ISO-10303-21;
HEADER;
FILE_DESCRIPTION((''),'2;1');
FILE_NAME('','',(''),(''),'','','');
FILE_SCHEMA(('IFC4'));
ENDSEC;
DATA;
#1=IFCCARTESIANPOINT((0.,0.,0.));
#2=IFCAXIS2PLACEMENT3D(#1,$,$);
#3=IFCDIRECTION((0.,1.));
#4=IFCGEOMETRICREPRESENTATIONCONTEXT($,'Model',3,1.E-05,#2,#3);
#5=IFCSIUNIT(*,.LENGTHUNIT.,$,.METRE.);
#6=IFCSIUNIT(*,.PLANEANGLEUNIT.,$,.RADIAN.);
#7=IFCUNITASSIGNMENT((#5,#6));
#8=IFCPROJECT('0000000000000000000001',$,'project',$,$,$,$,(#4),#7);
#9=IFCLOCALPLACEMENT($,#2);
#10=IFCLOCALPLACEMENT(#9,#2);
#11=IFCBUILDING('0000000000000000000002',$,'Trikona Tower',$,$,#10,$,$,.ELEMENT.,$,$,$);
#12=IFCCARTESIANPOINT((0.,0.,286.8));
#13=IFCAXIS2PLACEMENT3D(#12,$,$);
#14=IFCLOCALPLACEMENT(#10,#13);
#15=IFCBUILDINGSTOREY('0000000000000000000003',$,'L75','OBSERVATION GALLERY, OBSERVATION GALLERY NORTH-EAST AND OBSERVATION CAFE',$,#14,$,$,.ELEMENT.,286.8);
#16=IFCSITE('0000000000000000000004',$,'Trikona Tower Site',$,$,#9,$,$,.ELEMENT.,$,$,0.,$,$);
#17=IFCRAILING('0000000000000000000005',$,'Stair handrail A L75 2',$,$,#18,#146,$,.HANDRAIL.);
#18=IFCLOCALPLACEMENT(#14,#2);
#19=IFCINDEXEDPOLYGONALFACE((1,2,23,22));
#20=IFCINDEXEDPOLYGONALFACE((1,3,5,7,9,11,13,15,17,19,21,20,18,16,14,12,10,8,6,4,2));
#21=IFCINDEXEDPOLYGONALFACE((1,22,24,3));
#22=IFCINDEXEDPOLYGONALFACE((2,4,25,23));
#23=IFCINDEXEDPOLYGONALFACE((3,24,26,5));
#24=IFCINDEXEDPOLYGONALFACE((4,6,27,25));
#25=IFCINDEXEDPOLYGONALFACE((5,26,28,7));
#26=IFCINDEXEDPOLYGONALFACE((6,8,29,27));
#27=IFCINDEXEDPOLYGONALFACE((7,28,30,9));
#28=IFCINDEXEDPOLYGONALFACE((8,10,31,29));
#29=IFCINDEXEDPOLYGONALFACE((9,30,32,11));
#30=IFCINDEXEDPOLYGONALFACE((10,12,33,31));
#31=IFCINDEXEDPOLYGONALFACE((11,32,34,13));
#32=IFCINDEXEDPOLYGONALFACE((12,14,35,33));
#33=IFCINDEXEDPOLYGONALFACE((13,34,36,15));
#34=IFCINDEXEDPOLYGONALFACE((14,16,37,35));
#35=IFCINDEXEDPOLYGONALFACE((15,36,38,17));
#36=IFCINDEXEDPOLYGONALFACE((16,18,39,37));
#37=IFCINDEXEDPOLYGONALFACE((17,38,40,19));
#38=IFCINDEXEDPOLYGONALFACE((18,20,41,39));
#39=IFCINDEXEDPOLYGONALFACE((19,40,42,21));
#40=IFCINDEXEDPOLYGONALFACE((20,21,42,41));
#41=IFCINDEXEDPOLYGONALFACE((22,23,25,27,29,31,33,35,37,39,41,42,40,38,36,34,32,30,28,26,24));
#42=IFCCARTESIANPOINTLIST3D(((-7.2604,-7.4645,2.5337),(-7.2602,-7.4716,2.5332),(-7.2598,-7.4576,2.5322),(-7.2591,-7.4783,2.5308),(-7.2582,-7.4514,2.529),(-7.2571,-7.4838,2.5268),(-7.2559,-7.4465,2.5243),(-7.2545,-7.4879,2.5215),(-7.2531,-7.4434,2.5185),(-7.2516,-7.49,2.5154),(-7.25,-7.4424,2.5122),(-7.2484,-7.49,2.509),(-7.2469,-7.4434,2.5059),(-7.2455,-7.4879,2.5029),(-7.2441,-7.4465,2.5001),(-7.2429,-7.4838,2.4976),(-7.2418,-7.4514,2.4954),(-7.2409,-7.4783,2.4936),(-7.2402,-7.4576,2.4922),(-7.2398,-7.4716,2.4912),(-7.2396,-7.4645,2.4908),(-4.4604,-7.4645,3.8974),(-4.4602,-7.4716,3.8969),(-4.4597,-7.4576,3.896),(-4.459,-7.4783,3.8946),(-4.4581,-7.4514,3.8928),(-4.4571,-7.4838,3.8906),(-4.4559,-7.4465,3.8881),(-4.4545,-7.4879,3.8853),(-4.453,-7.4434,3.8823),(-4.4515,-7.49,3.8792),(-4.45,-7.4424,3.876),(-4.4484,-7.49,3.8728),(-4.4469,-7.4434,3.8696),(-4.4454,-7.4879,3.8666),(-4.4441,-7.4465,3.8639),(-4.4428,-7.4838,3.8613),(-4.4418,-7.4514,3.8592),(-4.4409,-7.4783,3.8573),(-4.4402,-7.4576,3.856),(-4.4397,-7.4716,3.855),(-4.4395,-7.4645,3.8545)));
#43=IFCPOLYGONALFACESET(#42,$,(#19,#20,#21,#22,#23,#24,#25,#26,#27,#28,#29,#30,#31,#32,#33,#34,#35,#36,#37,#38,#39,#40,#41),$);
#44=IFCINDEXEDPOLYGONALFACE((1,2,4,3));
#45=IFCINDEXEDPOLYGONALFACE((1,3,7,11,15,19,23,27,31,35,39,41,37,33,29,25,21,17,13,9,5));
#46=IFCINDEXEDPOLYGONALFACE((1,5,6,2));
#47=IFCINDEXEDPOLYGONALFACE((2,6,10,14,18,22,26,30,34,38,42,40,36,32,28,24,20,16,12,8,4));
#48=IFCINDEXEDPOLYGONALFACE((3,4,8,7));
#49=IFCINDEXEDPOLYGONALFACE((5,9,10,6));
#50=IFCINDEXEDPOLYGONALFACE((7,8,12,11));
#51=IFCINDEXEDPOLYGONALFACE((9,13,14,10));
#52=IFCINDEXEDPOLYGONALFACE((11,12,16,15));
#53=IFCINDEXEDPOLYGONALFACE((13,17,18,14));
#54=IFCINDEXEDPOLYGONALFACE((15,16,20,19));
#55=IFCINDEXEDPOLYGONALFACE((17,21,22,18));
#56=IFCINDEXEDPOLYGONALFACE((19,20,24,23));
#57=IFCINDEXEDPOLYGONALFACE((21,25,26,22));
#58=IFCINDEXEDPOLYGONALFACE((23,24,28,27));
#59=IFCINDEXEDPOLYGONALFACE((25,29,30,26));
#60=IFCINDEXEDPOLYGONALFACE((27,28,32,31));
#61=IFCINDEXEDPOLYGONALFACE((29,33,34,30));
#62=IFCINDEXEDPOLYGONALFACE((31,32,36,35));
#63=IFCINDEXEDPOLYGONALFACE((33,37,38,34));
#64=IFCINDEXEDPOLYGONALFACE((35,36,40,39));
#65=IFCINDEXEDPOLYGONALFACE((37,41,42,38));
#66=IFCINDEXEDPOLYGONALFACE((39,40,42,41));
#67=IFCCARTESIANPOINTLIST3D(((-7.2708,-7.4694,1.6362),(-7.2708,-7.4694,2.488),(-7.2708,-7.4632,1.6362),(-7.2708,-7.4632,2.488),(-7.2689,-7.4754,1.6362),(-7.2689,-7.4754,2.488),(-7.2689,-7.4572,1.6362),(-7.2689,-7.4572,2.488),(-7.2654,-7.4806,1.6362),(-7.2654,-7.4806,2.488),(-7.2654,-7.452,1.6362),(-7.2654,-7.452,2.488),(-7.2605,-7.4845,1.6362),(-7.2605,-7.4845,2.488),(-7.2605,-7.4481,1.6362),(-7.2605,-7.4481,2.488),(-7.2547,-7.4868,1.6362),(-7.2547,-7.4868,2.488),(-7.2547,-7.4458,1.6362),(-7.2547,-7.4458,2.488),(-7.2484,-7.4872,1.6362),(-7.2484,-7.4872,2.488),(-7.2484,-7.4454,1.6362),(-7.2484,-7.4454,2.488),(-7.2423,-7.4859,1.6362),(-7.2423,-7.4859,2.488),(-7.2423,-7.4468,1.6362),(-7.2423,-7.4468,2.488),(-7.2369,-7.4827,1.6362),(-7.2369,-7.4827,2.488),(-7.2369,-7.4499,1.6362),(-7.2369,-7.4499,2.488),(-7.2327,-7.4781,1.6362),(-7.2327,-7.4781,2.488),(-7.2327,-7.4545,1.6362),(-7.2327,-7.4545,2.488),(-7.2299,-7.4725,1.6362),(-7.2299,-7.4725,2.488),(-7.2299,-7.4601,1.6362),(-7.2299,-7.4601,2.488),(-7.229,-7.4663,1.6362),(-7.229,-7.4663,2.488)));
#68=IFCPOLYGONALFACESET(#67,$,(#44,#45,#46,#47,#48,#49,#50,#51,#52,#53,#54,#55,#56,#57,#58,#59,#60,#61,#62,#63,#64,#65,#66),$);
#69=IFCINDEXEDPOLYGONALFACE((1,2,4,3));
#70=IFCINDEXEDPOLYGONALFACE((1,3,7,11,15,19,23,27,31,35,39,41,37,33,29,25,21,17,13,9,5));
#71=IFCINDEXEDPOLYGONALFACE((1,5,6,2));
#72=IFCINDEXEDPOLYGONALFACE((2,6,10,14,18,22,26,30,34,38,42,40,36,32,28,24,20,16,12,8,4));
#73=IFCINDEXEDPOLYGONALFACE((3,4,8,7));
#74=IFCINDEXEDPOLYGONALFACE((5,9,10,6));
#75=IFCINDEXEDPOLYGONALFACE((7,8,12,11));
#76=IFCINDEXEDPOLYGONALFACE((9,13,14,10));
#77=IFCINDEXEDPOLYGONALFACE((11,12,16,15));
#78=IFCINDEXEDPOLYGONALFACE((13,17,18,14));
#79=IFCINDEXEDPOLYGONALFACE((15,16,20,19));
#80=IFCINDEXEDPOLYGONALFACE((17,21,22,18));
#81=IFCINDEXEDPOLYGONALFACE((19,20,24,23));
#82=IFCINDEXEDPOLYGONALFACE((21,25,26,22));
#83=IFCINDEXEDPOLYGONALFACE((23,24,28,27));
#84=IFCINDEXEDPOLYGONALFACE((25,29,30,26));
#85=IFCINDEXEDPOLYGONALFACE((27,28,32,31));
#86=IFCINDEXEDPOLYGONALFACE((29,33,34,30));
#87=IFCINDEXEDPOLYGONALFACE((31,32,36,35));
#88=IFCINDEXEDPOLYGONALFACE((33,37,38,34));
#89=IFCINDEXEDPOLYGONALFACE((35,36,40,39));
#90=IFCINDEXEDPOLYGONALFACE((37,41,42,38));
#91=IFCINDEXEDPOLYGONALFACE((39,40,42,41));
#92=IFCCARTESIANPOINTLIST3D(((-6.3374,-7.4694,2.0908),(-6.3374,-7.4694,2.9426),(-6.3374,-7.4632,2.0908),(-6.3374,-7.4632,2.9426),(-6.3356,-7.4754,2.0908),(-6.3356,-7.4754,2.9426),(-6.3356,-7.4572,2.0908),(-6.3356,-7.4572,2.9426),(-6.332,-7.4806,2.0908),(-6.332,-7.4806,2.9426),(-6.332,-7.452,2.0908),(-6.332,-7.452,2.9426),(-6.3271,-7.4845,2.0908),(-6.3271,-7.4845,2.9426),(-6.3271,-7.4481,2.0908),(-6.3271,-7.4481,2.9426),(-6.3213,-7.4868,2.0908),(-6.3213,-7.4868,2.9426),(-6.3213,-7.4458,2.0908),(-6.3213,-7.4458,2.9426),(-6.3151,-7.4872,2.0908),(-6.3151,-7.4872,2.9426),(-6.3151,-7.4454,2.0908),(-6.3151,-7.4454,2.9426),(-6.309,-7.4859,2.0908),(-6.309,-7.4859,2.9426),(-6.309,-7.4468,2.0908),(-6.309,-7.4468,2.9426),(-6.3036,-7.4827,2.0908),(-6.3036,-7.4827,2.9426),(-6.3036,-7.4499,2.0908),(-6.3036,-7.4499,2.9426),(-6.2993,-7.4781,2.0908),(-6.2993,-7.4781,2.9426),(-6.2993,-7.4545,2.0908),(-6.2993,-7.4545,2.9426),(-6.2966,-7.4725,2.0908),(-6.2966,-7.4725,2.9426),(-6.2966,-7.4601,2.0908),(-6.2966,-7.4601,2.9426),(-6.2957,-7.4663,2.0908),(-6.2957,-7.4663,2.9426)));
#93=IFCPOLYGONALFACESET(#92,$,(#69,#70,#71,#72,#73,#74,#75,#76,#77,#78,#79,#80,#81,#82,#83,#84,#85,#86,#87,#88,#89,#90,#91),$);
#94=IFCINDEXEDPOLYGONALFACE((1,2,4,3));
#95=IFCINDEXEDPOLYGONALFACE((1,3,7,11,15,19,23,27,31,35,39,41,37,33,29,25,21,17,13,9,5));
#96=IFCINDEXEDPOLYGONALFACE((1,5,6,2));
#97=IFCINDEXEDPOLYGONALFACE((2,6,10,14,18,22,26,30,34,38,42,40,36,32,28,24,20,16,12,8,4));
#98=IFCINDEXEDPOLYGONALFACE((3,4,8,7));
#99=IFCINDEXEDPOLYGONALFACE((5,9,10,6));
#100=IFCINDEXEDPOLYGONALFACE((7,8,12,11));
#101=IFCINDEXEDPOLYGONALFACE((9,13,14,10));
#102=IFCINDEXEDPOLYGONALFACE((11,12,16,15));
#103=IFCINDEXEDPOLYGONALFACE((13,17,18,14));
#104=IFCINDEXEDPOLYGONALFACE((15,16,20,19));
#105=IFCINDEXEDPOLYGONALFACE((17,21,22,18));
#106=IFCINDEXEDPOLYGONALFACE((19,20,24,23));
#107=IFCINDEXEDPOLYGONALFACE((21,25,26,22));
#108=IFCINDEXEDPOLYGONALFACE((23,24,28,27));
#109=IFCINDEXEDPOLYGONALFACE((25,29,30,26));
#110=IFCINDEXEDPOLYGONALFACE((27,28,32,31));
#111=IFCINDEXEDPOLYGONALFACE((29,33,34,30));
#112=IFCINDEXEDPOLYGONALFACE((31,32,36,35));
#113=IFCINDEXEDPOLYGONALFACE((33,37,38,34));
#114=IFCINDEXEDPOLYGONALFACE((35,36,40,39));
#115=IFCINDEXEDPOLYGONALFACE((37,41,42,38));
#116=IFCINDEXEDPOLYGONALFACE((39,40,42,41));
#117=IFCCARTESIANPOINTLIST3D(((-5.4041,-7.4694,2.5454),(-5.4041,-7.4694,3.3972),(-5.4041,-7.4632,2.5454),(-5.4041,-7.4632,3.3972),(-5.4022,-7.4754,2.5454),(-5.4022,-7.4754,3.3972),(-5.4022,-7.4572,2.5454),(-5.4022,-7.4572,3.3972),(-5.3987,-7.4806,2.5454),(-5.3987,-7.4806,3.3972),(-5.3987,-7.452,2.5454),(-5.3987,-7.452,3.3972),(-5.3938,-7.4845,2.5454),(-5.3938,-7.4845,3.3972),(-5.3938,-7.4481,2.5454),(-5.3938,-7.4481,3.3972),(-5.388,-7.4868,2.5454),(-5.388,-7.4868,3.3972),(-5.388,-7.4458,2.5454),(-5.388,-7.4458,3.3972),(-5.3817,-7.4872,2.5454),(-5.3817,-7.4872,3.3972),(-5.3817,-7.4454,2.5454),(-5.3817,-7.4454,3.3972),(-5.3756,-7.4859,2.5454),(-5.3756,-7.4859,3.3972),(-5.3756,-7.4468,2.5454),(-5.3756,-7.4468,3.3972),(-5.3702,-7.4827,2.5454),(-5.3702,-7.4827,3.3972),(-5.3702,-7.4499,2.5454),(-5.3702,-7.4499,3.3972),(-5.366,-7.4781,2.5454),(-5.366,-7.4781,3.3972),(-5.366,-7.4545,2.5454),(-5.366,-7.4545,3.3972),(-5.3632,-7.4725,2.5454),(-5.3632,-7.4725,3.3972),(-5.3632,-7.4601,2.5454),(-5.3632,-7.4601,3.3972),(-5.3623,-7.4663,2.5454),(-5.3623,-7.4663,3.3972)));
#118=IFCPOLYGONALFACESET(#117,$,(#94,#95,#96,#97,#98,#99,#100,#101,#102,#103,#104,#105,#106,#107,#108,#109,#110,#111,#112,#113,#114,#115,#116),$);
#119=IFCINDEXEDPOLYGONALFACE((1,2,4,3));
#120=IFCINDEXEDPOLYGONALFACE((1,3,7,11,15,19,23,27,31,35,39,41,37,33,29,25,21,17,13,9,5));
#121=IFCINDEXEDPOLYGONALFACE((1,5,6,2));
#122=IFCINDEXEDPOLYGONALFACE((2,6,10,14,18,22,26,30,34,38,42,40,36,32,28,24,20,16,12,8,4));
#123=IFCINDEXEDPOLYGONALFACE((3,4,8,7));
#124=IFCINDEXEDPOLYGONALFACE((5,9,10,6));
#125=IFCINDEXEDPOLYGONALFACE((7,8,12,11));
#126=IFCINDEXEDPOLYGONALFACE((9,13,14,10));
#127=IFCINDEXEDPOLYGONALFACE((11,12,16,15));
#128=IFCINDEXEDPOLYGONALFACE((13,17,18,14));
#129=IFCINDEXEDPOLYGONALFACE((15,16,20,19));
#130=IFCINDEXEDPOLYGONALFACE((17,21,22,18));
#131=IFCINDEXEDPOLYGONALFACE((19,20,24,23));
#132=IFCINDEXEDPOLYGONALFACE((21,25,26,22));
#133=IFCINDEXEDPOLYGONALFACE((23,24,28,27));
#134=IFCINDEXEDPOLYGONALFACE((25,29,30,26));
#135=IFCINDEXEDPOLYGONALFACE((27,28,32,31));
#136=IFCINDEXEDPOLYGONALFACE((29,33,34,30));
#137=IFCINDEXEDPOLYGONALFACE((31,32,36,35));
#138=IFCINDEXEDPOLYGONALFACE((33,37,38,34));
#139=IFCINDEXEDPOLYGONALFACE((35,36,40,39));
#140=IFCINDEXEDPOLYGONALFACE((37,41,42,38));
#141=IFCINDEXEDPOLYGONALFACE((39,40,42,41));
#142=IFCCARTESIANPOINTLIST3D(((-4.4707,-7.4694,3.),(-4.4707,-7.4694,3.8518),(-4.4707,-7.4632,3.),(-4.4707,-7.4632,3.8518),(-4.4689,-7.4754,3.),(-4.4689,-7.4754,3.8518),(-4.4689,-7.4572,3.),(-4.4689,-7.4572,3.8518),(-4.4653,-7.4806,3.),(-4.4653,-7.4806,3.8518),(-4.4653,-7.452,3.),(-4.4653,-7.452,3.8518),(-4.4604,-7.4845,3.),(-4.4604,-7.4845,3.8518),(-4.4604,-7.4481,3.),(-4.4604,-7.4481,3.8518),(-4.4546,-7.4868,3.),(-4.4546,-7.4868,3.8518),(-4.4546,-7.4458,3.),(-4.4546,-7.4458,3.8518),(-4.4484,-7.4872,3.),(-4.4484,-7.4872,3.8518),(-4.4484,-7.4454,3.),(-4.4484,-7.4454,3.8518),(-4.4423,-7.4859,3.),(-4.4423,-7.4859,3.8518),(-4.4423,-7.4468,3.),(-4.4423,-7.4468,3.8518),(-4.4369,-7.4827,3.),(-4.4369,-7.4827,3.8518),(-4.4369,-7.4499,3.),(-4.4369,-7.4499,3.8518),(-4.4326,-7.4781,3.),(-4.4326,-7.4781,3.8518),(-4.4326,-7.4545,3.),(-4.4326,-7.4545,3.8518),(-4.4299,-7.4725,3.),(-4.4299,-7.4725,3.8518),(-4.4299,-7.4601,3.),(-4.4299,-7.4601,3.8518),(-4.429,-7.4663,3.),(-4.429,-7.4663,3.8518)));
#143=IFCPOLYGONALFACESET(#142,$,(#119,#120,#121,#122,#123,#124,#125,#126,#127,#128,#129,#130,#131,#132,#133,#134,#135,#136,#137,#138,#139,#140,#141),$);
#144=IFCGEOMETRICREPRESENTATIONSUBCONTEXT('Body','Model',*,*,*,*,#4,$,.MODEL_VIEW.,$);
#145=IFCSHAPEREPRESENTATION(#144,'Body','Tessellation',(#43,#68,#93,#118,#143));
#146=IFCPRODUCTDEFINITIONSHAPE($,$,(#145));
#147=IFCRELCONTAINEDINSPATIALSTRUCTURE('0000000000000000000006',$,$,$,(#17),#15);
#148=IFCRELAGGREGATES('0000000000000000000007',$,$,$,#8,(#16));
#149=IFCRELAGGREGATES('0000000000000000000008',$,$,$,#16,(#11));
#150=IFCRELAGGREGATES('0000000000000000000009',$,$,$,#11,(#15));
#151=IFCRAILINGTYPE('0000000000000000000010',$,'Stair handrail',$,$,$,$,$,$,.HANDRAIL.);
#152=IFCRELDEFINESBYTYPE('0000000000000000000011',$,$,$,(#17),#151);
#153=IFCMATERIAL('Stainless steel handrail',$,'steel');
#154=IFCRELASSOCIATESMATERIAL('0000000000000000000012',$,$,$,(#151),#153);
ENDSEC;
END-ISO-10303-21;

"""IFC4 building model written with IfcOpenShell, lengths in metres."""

from ifc_helpers import new_model, si_unit, direction, frame, origin, origin_2d, place, context, subcontext, project, spatial, circle, extrude, material, type_object, element, save


model = new_model("IFC4")

# Units and contexts
model_context = context("Model", 3, precision=1e-05, world=origin(), true_north=direction((0.0, 1.0)))
body_context = subcontext(model_context, "Body", "Model", "MODEL_VIEW")
ifc_project = project(units=[si_unit("LENGTHUNIT", "METRE"), si_unit("PLANEANGLEUNIT", "RADIAN")], contexts=[model_context])

# Site, building, storey
site_placement = place(None, origin())
site = spatial("IfcSite", under=ifc_project, at=site_placement, Name="Trikona Tower Site", CompositionType="ELEMENT", RefElevation=0.0)
building_placement = place(site_placement, origin())
building = spatial("IfcBuilding", under=site, at=building_placement, Name="Trikona Tower", CompositionType="ELEMENT")
storey_placement = place(building_placement, frame((0.0, 0.0, 286.8)))
storey = spatial("IfcBuildingStorey", under=building, at=storey_placement, Name="L75", Description="OBSERVATION GALLERY, OBSERVATION GALLERY NORTH-EAST AND OBSERVATION CAFE", CompositionType="ELEMENT", Elevation=286.8)

# Railing
ifc_material_1 = material(Name="Stainless steel handrail", Category="steel")
railing_type = type_object("IfcRailingType", Name="Stair handrail", PredefinedType="HANDRAIL", material=ifc_material_1)
railing_1_placement = place(storey_placement, frame((-7.25, -7.4663, 1.6362)))
element("IfcRailing", 1, at=railing_1_placement, inside=storey, type_object=railing_type, Name="Stair handrail A L75 2", PredefinedType="HANDRAIL", context=body_context, shape_type="SweptSolid", body=[
    extrude(circle(Radius=0.0239, at=origin_2d()), frame((0.0, 0.0, 0.876), z_axis=(0.899035, 0.0, 0.437877), x_axis=(0.0, 1.0, 0.0)), (0.0, 0.0, 1.0), 3.1145),
    extrude(circle(Radius=0.021, at=origin_2d()), origin(), (0.0, 0.0, 1.0), 0.8518),
    extrude(circle(Radius=0.021, at=origin_2d()), frame((0.9333, 0.0, 0.4546)), (0.0, 0.0, 1.0), 0.8518),
    extrude(circle(Radius=0.021, at=origin_2d()), frame((1.8667, 0.0, 0.9092)), (0.0, 0.0, 1.0), 0.8518),
    extrude(circle(Radius=0.021, at=origin_2d()), frame((2.8, 0.0, 1.3638)), (0.0, 0.0, 1.0), 0.8518),
])

save(model, "model.ifc")
